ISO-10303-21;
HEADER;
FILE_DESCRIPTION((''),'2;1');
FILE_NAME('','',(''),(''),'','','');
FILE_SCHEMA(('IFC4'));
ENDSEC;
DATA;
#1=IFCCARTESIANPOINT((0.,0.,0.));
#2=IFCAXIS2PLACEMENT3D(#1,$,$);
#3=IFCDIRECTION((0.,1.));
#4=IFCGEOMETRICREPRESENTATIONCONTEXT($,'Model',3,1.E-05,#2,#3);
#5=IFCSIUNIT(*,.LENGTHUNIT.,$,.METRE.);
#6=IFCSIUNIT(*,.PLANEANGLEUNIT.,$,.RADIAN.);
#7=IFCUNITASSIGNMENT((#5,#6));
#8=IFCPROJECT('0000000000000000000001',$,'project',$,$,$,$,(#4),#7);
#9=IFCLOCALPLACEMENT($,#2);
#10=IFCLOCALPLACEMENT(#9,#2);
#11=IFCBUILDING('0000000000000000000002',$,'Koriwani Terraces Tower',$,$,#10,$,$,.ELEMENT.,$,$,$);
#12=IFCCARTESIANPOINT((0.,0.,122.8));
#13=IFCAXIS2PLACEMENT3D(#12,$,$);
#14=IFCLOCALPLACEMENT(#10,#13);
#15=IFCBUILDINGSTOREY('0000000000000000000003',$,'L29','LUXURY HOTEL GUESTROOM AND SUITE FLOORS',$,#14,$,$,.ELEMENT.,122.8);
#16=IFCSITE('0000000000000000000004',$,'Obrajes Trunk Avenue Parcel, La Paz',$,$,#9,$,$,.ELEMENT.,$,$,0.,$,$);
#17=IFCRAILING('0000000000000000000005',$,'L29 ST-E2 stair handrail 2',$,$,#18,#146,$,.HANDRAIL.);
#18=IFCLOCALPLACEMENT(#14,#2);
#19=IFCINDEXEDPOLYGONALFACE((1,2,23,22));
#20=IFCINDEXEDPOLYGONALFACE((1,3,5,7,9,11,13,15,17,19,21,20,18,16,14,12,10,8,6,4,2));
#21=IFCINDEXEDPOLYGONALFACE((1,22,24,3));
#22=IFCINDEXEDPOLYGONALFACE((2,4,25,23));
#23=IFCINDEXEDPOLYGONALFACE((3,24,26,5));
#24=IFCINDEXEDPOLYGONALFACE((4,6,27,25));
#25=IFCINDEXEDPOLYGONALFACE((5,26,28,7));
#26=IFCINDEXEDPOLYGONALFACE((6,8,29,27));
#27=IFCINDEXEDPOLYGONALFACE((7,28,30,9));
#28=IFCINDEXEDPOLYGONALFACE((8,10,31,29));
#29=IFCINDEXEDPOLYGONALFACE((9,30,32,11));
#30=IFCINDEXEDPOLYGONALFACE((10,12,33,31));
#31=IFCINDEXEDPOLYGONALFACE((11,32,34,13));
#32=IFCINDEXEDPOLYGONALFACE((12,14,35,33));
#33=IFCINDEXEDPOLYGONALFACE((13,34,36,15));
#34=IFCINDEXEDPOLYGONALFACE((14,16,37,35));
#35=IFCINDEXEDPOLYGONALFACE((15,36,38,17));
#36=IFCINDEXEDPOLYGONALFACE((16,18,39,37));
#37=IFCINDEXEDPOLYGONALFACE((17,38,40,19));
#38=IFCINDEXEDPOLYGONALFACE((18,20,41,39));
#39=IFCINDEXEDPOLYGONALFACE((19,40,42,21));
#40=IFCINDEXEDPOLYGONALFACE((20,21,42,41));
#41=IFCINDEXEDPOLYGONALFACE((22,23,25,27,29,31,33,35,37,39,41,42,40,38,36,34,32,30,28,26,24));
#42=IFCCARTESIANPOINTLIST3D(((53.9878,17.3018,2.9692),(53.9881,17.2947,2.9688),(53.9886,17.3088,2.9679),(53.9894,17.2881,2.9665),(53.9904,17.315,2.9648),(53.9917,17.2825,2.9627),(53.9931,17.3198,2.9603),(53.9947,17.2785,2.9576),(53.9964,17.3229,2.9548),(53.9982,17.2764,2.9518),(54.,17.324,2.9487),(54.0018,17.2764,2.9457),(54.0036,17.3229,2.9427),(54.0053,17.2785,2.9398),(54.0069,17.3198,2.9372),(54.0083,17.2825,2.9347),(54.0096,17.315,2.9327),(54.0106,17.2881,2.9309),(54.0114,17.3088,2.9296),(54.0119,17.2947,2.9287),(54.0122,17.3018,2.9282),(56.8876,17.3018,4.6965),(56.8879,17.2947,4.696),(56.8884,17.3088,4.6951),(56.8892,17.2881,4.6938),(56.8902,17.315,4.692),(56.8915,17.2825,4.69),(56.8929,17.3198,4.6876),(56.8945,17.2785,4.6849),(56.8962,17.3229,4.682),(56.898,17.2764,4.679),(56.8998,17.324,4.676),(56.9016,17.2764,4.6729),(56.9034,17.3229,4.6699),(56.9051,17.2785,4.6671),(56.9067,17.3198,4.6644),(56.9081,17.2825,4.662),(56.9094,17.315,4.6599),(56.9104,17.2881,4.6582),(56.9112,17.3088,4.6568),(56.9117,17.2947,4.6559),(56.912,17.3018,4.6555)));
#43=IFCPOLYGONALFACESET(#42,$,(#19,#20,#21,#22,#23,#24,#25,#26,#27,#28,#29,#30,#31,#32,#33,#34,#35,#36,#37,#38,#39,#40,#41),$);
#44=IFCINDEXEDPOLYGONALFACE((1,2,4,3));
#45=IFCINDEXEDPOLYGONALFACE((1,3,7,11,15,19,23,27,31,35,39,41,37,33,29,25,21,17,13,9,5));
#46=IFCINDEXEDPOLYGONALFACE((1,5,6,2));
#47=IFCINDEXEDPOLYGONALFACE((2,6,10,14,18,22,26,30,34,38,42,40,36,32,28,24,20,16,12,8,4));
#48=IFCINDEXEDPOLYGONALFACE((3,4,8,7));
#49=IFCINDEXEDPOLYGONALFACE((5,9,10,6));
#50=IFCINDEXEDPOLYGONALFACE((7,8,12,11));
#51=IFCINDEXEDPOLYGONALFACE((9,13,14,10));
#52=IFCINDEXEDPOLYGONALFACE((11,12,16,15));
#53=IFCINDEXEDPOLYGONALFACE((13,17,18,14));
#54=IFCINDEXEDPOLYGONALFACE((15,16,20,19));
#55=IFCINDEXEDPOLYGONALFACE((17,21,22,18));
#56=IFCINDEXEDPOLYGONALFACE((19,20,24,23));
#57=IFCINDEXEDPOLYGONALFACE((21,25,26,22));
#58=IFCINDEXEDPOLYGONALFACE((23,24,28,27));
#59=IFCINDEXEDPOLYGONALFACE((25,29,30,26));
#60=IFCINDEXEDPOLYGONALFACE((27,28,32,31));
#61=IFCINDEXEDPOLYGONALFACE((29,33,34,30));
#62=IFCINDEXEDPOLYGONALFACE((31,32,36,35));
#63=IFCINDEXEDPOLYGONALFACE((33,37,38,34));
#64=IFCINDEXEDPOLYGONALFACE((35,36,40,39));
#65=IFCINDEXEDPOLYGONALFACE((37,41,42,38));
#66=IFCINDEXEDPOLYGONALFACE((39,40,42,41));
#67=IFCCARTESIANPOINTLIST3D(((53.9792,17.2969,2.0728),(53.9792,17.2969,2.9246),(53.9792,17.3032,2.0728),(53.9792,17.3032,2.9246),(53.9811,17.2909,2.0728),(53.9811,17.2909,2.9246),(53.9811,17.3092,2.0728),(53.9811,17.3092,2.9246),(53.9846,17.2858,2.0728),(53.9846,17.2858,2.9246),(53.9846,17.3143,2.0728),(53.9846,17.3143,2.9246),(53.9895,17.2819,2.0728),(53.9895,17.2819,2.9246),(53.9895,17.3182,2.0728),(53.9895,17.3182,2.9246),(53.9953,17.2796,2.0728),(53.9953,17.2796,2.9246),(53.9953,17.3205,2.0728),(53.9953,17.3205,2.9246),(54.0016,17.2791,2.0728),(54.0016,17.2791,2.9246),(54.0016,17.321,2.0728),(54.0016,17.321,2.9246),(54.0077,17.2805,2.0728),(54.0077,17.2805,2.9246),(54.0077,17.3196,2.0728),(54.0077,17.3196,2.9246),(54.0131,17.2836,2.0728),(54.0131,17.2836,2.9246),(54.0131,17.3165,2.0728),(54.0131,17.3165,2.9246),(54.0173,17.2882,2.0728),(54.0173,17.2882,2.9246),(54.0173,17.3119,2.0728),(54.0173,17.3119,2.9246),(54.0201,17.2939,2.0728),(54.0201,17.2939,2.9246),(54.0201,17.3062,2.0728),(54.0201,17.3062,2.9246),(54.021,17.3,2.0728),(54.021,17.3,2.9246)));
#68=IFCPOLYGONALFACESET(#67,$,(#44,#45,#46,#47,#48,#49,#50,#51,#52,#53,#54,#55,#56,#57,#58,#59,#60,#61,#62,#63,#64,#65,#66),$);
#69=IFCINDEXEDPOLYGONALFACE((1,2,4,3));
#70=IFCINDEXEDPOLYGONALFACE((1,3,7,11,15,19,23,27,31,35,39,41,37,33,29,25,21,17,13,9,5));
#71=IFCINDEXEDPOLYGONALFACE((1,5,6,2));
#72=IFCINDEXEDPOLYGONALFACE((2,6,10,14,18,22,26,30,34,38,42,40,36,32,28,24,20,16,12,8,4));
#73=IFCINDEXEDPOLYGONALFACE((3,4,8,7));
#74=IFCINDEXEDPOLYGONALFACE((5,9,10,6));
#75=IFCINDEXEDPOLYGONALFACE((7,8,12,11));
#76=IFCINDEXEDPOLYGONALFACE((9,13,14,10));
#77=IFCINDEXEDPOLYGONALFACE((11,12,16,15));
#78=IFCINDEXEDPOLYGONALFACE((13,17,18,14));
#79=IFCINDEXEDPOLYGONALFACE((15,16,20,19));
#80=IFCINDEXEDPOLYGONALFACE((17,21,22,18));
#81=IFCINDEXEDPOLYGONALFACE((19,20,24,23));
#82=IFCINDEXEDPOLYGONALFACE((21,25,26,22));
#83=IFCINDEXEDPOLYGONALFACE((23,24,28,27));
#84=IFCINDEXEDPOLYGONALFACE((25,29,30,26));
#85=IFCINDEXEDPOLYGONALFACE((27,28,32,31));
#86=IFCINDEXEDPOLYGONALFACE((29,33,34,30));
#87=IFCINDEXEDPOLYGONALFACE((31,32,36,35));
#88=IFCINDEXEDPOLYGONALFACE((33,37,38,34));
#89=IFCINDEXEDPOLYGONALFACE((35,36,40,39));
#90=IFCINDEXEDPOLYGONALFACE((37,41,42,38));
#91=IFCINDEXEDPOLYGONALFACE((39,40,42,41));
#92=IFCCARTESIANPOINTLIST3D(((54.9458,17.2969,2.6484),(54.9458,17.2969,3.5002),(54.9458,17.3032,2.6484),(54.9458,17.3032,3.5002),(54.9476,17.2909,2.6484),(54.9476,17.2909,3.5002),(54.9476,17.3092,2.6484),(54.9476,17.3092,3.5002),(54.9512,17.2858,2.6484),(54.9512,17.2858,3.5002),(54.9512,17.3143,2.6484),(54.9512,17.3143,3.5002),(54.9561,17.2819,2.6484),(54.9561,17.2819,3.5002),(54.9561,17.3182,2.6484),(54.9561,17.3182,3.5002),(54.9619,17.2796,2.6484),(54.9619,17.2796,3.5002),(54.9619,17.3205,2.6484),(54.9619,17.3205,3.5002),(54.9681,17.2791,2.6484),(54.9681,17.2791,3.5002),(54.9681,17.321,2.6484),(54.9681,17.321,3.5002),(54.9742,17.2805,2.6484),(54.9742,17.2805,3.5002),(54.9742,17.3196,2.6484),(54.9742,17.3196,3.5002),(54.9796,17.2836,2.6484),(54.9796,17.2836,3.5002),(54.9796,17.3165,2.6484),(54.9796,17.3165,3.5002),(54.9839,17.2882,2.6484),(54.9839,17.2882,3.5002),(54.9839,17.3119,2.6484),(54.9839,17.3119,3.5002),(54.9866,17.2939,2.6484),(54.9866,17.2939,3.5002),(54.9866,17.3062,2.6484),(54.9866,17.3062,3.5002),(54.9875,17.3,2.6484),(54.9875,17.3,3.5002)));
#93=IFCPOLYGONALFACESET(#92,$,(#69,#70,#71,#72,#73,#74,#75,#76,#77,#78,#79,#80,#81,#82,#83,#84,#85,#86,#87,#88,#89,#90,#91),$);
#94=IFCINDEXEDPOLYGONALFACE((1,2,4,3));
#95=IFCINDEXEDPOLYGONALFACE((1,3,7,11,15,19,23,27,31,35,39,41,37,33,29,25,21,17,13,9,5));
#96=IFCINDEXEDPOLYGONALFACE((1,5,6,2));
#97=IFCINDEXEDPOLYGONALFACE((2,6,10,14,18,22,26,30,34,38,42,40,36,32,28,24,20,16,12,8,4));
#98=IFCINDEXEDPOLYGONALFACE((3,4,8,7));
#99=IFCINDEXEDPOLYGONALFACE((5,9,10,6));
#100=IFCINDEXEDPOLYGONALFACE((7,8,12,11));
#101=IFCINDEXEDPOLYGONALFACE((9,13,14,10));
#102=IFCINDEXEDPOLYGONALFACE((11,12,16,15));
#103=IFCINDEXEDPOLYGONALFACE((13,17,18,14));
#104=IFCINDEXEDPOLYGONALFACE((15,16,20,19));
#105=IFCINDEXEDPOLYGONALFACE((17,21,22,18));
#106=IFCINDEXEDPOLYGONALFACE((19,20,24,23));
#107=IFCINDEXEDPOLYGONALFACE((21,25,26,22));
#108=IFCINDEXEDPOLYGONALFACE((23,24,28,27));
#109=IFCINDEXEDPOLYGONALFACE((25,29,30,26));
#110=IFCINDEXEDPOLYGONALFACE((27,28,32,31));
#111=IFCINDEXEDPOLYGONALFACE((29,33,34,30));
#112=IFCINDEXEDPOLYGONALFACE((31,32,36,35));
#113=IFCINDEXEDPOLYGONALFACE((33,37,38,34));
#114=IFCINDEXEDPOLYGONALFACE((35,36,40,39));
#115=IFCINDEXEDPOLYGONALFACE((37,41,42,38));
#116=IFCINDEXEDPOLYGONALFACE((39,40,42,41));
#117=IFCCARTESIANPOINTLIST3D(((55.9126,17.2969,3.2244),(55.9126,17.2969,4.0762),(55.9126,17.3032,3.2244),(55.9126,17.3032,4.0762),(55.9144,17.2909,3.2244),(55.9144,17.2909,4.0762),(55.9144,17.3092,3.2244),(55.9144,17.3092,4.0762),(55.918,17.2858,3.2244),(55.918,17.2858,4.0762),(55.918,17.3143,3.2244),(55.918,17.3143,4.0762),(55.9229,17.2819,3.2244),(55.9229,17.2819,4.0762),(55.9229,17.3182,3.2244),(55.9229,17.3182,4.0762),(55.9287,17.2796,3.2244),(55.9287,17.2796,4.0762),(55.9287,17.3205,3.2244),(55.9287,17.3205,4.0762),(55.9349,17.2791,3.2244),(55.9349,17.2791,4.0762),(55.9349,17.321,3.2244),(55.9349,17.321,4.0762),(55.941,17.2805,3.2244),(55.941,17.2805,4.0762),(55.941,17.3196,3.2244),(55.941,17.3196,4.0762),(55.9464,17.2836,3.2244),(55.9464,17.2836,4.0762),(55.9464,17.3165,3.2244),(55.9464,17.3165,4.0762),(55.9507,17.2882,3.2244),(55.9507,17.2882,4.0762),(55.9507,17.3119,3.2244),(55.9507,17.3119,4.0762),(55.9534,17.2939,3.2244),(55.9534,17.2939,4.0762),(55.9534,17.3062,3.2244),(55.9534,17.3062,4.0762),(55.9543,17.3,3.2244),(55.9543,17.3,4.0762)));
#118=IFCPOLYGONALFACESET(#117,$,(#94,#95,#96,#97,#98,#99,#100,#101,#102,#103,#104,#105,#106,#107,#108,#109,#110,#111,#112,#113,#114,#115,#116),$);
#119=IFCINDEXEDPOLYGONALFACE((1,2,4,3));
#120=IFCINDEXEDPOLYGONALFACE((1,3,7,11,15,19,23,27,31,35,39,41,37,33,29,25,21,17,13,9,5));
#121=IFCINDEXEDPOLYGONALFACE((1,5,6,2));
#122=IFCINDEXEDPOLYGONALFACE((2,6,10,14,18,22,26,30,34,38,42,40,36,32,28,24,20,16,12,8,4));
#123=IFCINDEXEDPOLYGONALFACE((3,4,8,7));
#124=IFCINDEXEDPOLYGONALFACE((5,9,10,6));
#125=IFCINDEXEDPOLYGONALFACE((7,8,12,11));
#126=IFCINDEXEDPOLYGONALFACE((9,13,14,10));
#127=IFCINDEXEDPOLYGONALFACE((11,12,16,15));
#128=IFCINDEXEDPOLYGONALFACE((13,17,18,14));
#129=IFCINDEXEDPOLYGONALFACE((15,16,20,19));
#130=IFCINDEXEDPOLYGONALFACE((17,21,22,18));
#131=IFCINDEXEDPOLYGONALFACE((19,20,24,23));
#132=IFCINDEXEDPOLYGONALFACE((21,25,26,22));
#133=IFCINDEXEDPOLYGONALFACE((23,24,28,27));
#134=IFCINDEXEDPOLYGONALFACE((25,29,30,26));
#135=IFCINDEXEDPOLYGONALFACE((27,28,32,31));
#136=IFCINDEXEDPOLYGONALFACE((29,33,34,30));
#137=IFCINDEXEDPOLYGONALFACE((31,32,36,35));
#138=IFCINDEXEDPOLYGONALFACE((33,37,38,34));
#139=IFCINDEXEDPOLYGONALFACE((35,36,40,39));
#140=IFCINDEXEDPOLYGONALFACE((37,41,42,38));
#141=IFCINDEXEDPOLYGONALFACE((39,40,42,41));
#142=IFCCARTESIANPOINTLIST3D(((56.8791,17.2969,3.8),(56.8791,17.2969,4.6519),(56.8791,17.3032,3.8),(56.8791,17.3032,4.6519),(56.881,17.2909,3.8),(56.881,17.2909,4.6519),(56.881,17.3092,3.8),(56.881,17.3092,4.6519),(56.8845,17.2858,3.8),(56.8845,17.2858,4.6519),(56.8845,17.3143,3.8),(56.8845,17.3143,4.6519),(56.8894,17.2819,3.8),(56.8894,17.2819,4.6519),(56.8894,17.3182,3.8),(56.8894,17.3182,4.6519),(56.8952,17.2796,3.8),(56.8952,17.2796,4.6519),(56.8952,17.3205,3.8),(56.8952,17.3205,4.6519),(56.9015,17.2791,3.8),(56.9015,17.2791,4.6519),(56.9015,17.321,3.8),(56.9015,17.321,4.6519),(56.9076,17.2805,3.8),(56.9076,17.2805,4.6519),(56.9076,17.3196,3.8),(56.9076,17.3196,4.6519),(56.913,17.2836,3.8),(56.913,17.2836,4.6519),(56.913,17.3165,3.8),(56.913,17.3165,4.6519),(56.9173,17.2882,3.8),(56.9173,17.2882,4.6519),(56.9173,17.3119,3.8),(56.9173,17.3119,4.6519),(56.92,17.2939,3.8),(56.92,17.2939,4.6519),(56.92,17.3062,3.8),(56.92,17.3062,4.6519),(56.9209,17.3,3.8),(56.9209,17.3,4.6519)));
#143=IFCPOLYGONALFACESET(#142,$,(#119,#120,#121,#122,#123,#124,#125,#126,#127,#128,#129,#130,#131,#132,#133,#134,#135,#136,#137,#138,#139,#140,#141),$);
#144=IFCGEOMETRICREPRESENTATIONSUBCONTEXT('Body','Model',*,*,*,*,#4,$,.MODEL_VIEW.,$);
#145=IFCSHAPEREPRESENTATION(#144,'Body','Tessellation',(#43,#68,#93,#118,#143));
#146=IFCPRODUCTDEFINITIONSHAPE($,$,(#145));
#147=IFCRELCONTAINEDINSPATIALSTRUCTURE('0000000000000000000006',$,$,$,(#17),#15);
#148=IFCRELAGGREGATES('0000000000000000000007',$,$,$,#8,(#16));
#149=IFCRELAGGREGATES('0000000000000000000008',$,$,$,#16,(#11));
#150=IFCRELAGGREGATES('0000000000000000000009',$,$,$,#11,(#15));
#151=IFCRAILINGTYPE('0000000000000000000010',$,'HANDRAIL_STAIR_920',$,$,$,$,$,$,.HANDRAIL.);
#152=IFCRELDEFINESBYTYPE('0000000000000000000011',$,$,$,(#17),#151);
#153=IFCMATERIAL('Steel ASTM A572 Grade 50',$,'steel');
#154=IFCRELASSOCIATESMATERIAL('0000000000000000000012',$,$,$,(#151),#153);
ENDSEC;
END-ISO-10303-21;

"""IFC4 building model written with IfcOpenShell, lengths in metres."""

from ifc_helpers import new_model, si_unit, direction, frame, origin, origin_2d, place, context, subcontext, project, spatial, circle, extrude, material, type_object, element, save


model = new_model("IFC4")

# Units and contexts
model_context = context("Model", 3, precision=1e-05, world=origin(), true_north=direction((0.0, 1.0)))
body_context = subcontext(model_context, "Body", "Model", "MODEL_VIEW")
ifc_project = project(units=[si_unit("LENGTHUNIT", "METRE"), si_unit("PLANEANGLEUNIT", "RADIAN")], contexts=[model_context])

# Site, building, storey
site_placement = place(None, origin())
site = spatial("IfcSite", under=ifc_project, at=site_placement, Name="Obrajes Trunk Avenue Parcel, La Paz", CompositionType="ELEMENT", RefElevation=0.0)
building_placement = place(site_placement, origin())
building = spatial("IfcBuilding", under=site, at=building_placement, Name="Koriwani Terraces Tower", CompositionType="ELEMENT")
storey_placement = place(building_placement, frame((0.0, 0.0, 122.8)))
storey = spatial("IfcBuildingStorey", under=building, at=storey_placement, Name="L29", Description="LUXURY HOTEL GUESTROOM AND SUITE FLOORS", CompositionType="ELEMENT", Elevation=122.8)

# Shared definitions
ifc_material_1 = material(Name="Steel ASTM A572 Grade 50", Category="steel")

# Railing
railing_type_1 = type_object("IfcRailingType", Name="HANDRAIL_STAIR_920", PredefinedType="HANDRAIL", material=ifc_material_1)
railing_1_placement = place(storey_placement, frame((54.0, 17.3, 2.0728)))
element("IfcRailing", 1, at=railing_1_placement, inside=storey, type_object=railing_type_1, Name="L29 ST-E2 stair handrail 2", PredefinedType="HANDRAIL", context=body_context, shape_type="SweptSolid", body=[
    extrude(circle(Radius=0.0239, at=origin_2d()), frame((0.0, 0.0, 0.876), z_axis=(0.859141, 0.0, 0.511738), x_axis=(0.0, 1.0, 0.0)), (0.0, 0.0, 1.0), 3.3752),
    extrude(circle(Radius=0.021, at=origin_2d()), origin(), (0.0, 0.0, 1.0), 0.8518),
    extrude(circle(Radius=0.021, at=origin_2d()), frame((0.9666, 0.0, 0.5757)), (0.0, 0.0, 1.0), 0.8518),
    extrude(circle(Radius=0.021, at=origin_2d()), frame((1.9333, 0.0, 1.1516)), (0.0, 0.0, 1.0), 0.8518),
    extrude(circle(Radius=0.021, at=origin_2d()), frame((2.8999, 0.0, 1.7273)), (0.0, 0.0, 1.0), 0.8518),
])

save(model, "model.ifc")
